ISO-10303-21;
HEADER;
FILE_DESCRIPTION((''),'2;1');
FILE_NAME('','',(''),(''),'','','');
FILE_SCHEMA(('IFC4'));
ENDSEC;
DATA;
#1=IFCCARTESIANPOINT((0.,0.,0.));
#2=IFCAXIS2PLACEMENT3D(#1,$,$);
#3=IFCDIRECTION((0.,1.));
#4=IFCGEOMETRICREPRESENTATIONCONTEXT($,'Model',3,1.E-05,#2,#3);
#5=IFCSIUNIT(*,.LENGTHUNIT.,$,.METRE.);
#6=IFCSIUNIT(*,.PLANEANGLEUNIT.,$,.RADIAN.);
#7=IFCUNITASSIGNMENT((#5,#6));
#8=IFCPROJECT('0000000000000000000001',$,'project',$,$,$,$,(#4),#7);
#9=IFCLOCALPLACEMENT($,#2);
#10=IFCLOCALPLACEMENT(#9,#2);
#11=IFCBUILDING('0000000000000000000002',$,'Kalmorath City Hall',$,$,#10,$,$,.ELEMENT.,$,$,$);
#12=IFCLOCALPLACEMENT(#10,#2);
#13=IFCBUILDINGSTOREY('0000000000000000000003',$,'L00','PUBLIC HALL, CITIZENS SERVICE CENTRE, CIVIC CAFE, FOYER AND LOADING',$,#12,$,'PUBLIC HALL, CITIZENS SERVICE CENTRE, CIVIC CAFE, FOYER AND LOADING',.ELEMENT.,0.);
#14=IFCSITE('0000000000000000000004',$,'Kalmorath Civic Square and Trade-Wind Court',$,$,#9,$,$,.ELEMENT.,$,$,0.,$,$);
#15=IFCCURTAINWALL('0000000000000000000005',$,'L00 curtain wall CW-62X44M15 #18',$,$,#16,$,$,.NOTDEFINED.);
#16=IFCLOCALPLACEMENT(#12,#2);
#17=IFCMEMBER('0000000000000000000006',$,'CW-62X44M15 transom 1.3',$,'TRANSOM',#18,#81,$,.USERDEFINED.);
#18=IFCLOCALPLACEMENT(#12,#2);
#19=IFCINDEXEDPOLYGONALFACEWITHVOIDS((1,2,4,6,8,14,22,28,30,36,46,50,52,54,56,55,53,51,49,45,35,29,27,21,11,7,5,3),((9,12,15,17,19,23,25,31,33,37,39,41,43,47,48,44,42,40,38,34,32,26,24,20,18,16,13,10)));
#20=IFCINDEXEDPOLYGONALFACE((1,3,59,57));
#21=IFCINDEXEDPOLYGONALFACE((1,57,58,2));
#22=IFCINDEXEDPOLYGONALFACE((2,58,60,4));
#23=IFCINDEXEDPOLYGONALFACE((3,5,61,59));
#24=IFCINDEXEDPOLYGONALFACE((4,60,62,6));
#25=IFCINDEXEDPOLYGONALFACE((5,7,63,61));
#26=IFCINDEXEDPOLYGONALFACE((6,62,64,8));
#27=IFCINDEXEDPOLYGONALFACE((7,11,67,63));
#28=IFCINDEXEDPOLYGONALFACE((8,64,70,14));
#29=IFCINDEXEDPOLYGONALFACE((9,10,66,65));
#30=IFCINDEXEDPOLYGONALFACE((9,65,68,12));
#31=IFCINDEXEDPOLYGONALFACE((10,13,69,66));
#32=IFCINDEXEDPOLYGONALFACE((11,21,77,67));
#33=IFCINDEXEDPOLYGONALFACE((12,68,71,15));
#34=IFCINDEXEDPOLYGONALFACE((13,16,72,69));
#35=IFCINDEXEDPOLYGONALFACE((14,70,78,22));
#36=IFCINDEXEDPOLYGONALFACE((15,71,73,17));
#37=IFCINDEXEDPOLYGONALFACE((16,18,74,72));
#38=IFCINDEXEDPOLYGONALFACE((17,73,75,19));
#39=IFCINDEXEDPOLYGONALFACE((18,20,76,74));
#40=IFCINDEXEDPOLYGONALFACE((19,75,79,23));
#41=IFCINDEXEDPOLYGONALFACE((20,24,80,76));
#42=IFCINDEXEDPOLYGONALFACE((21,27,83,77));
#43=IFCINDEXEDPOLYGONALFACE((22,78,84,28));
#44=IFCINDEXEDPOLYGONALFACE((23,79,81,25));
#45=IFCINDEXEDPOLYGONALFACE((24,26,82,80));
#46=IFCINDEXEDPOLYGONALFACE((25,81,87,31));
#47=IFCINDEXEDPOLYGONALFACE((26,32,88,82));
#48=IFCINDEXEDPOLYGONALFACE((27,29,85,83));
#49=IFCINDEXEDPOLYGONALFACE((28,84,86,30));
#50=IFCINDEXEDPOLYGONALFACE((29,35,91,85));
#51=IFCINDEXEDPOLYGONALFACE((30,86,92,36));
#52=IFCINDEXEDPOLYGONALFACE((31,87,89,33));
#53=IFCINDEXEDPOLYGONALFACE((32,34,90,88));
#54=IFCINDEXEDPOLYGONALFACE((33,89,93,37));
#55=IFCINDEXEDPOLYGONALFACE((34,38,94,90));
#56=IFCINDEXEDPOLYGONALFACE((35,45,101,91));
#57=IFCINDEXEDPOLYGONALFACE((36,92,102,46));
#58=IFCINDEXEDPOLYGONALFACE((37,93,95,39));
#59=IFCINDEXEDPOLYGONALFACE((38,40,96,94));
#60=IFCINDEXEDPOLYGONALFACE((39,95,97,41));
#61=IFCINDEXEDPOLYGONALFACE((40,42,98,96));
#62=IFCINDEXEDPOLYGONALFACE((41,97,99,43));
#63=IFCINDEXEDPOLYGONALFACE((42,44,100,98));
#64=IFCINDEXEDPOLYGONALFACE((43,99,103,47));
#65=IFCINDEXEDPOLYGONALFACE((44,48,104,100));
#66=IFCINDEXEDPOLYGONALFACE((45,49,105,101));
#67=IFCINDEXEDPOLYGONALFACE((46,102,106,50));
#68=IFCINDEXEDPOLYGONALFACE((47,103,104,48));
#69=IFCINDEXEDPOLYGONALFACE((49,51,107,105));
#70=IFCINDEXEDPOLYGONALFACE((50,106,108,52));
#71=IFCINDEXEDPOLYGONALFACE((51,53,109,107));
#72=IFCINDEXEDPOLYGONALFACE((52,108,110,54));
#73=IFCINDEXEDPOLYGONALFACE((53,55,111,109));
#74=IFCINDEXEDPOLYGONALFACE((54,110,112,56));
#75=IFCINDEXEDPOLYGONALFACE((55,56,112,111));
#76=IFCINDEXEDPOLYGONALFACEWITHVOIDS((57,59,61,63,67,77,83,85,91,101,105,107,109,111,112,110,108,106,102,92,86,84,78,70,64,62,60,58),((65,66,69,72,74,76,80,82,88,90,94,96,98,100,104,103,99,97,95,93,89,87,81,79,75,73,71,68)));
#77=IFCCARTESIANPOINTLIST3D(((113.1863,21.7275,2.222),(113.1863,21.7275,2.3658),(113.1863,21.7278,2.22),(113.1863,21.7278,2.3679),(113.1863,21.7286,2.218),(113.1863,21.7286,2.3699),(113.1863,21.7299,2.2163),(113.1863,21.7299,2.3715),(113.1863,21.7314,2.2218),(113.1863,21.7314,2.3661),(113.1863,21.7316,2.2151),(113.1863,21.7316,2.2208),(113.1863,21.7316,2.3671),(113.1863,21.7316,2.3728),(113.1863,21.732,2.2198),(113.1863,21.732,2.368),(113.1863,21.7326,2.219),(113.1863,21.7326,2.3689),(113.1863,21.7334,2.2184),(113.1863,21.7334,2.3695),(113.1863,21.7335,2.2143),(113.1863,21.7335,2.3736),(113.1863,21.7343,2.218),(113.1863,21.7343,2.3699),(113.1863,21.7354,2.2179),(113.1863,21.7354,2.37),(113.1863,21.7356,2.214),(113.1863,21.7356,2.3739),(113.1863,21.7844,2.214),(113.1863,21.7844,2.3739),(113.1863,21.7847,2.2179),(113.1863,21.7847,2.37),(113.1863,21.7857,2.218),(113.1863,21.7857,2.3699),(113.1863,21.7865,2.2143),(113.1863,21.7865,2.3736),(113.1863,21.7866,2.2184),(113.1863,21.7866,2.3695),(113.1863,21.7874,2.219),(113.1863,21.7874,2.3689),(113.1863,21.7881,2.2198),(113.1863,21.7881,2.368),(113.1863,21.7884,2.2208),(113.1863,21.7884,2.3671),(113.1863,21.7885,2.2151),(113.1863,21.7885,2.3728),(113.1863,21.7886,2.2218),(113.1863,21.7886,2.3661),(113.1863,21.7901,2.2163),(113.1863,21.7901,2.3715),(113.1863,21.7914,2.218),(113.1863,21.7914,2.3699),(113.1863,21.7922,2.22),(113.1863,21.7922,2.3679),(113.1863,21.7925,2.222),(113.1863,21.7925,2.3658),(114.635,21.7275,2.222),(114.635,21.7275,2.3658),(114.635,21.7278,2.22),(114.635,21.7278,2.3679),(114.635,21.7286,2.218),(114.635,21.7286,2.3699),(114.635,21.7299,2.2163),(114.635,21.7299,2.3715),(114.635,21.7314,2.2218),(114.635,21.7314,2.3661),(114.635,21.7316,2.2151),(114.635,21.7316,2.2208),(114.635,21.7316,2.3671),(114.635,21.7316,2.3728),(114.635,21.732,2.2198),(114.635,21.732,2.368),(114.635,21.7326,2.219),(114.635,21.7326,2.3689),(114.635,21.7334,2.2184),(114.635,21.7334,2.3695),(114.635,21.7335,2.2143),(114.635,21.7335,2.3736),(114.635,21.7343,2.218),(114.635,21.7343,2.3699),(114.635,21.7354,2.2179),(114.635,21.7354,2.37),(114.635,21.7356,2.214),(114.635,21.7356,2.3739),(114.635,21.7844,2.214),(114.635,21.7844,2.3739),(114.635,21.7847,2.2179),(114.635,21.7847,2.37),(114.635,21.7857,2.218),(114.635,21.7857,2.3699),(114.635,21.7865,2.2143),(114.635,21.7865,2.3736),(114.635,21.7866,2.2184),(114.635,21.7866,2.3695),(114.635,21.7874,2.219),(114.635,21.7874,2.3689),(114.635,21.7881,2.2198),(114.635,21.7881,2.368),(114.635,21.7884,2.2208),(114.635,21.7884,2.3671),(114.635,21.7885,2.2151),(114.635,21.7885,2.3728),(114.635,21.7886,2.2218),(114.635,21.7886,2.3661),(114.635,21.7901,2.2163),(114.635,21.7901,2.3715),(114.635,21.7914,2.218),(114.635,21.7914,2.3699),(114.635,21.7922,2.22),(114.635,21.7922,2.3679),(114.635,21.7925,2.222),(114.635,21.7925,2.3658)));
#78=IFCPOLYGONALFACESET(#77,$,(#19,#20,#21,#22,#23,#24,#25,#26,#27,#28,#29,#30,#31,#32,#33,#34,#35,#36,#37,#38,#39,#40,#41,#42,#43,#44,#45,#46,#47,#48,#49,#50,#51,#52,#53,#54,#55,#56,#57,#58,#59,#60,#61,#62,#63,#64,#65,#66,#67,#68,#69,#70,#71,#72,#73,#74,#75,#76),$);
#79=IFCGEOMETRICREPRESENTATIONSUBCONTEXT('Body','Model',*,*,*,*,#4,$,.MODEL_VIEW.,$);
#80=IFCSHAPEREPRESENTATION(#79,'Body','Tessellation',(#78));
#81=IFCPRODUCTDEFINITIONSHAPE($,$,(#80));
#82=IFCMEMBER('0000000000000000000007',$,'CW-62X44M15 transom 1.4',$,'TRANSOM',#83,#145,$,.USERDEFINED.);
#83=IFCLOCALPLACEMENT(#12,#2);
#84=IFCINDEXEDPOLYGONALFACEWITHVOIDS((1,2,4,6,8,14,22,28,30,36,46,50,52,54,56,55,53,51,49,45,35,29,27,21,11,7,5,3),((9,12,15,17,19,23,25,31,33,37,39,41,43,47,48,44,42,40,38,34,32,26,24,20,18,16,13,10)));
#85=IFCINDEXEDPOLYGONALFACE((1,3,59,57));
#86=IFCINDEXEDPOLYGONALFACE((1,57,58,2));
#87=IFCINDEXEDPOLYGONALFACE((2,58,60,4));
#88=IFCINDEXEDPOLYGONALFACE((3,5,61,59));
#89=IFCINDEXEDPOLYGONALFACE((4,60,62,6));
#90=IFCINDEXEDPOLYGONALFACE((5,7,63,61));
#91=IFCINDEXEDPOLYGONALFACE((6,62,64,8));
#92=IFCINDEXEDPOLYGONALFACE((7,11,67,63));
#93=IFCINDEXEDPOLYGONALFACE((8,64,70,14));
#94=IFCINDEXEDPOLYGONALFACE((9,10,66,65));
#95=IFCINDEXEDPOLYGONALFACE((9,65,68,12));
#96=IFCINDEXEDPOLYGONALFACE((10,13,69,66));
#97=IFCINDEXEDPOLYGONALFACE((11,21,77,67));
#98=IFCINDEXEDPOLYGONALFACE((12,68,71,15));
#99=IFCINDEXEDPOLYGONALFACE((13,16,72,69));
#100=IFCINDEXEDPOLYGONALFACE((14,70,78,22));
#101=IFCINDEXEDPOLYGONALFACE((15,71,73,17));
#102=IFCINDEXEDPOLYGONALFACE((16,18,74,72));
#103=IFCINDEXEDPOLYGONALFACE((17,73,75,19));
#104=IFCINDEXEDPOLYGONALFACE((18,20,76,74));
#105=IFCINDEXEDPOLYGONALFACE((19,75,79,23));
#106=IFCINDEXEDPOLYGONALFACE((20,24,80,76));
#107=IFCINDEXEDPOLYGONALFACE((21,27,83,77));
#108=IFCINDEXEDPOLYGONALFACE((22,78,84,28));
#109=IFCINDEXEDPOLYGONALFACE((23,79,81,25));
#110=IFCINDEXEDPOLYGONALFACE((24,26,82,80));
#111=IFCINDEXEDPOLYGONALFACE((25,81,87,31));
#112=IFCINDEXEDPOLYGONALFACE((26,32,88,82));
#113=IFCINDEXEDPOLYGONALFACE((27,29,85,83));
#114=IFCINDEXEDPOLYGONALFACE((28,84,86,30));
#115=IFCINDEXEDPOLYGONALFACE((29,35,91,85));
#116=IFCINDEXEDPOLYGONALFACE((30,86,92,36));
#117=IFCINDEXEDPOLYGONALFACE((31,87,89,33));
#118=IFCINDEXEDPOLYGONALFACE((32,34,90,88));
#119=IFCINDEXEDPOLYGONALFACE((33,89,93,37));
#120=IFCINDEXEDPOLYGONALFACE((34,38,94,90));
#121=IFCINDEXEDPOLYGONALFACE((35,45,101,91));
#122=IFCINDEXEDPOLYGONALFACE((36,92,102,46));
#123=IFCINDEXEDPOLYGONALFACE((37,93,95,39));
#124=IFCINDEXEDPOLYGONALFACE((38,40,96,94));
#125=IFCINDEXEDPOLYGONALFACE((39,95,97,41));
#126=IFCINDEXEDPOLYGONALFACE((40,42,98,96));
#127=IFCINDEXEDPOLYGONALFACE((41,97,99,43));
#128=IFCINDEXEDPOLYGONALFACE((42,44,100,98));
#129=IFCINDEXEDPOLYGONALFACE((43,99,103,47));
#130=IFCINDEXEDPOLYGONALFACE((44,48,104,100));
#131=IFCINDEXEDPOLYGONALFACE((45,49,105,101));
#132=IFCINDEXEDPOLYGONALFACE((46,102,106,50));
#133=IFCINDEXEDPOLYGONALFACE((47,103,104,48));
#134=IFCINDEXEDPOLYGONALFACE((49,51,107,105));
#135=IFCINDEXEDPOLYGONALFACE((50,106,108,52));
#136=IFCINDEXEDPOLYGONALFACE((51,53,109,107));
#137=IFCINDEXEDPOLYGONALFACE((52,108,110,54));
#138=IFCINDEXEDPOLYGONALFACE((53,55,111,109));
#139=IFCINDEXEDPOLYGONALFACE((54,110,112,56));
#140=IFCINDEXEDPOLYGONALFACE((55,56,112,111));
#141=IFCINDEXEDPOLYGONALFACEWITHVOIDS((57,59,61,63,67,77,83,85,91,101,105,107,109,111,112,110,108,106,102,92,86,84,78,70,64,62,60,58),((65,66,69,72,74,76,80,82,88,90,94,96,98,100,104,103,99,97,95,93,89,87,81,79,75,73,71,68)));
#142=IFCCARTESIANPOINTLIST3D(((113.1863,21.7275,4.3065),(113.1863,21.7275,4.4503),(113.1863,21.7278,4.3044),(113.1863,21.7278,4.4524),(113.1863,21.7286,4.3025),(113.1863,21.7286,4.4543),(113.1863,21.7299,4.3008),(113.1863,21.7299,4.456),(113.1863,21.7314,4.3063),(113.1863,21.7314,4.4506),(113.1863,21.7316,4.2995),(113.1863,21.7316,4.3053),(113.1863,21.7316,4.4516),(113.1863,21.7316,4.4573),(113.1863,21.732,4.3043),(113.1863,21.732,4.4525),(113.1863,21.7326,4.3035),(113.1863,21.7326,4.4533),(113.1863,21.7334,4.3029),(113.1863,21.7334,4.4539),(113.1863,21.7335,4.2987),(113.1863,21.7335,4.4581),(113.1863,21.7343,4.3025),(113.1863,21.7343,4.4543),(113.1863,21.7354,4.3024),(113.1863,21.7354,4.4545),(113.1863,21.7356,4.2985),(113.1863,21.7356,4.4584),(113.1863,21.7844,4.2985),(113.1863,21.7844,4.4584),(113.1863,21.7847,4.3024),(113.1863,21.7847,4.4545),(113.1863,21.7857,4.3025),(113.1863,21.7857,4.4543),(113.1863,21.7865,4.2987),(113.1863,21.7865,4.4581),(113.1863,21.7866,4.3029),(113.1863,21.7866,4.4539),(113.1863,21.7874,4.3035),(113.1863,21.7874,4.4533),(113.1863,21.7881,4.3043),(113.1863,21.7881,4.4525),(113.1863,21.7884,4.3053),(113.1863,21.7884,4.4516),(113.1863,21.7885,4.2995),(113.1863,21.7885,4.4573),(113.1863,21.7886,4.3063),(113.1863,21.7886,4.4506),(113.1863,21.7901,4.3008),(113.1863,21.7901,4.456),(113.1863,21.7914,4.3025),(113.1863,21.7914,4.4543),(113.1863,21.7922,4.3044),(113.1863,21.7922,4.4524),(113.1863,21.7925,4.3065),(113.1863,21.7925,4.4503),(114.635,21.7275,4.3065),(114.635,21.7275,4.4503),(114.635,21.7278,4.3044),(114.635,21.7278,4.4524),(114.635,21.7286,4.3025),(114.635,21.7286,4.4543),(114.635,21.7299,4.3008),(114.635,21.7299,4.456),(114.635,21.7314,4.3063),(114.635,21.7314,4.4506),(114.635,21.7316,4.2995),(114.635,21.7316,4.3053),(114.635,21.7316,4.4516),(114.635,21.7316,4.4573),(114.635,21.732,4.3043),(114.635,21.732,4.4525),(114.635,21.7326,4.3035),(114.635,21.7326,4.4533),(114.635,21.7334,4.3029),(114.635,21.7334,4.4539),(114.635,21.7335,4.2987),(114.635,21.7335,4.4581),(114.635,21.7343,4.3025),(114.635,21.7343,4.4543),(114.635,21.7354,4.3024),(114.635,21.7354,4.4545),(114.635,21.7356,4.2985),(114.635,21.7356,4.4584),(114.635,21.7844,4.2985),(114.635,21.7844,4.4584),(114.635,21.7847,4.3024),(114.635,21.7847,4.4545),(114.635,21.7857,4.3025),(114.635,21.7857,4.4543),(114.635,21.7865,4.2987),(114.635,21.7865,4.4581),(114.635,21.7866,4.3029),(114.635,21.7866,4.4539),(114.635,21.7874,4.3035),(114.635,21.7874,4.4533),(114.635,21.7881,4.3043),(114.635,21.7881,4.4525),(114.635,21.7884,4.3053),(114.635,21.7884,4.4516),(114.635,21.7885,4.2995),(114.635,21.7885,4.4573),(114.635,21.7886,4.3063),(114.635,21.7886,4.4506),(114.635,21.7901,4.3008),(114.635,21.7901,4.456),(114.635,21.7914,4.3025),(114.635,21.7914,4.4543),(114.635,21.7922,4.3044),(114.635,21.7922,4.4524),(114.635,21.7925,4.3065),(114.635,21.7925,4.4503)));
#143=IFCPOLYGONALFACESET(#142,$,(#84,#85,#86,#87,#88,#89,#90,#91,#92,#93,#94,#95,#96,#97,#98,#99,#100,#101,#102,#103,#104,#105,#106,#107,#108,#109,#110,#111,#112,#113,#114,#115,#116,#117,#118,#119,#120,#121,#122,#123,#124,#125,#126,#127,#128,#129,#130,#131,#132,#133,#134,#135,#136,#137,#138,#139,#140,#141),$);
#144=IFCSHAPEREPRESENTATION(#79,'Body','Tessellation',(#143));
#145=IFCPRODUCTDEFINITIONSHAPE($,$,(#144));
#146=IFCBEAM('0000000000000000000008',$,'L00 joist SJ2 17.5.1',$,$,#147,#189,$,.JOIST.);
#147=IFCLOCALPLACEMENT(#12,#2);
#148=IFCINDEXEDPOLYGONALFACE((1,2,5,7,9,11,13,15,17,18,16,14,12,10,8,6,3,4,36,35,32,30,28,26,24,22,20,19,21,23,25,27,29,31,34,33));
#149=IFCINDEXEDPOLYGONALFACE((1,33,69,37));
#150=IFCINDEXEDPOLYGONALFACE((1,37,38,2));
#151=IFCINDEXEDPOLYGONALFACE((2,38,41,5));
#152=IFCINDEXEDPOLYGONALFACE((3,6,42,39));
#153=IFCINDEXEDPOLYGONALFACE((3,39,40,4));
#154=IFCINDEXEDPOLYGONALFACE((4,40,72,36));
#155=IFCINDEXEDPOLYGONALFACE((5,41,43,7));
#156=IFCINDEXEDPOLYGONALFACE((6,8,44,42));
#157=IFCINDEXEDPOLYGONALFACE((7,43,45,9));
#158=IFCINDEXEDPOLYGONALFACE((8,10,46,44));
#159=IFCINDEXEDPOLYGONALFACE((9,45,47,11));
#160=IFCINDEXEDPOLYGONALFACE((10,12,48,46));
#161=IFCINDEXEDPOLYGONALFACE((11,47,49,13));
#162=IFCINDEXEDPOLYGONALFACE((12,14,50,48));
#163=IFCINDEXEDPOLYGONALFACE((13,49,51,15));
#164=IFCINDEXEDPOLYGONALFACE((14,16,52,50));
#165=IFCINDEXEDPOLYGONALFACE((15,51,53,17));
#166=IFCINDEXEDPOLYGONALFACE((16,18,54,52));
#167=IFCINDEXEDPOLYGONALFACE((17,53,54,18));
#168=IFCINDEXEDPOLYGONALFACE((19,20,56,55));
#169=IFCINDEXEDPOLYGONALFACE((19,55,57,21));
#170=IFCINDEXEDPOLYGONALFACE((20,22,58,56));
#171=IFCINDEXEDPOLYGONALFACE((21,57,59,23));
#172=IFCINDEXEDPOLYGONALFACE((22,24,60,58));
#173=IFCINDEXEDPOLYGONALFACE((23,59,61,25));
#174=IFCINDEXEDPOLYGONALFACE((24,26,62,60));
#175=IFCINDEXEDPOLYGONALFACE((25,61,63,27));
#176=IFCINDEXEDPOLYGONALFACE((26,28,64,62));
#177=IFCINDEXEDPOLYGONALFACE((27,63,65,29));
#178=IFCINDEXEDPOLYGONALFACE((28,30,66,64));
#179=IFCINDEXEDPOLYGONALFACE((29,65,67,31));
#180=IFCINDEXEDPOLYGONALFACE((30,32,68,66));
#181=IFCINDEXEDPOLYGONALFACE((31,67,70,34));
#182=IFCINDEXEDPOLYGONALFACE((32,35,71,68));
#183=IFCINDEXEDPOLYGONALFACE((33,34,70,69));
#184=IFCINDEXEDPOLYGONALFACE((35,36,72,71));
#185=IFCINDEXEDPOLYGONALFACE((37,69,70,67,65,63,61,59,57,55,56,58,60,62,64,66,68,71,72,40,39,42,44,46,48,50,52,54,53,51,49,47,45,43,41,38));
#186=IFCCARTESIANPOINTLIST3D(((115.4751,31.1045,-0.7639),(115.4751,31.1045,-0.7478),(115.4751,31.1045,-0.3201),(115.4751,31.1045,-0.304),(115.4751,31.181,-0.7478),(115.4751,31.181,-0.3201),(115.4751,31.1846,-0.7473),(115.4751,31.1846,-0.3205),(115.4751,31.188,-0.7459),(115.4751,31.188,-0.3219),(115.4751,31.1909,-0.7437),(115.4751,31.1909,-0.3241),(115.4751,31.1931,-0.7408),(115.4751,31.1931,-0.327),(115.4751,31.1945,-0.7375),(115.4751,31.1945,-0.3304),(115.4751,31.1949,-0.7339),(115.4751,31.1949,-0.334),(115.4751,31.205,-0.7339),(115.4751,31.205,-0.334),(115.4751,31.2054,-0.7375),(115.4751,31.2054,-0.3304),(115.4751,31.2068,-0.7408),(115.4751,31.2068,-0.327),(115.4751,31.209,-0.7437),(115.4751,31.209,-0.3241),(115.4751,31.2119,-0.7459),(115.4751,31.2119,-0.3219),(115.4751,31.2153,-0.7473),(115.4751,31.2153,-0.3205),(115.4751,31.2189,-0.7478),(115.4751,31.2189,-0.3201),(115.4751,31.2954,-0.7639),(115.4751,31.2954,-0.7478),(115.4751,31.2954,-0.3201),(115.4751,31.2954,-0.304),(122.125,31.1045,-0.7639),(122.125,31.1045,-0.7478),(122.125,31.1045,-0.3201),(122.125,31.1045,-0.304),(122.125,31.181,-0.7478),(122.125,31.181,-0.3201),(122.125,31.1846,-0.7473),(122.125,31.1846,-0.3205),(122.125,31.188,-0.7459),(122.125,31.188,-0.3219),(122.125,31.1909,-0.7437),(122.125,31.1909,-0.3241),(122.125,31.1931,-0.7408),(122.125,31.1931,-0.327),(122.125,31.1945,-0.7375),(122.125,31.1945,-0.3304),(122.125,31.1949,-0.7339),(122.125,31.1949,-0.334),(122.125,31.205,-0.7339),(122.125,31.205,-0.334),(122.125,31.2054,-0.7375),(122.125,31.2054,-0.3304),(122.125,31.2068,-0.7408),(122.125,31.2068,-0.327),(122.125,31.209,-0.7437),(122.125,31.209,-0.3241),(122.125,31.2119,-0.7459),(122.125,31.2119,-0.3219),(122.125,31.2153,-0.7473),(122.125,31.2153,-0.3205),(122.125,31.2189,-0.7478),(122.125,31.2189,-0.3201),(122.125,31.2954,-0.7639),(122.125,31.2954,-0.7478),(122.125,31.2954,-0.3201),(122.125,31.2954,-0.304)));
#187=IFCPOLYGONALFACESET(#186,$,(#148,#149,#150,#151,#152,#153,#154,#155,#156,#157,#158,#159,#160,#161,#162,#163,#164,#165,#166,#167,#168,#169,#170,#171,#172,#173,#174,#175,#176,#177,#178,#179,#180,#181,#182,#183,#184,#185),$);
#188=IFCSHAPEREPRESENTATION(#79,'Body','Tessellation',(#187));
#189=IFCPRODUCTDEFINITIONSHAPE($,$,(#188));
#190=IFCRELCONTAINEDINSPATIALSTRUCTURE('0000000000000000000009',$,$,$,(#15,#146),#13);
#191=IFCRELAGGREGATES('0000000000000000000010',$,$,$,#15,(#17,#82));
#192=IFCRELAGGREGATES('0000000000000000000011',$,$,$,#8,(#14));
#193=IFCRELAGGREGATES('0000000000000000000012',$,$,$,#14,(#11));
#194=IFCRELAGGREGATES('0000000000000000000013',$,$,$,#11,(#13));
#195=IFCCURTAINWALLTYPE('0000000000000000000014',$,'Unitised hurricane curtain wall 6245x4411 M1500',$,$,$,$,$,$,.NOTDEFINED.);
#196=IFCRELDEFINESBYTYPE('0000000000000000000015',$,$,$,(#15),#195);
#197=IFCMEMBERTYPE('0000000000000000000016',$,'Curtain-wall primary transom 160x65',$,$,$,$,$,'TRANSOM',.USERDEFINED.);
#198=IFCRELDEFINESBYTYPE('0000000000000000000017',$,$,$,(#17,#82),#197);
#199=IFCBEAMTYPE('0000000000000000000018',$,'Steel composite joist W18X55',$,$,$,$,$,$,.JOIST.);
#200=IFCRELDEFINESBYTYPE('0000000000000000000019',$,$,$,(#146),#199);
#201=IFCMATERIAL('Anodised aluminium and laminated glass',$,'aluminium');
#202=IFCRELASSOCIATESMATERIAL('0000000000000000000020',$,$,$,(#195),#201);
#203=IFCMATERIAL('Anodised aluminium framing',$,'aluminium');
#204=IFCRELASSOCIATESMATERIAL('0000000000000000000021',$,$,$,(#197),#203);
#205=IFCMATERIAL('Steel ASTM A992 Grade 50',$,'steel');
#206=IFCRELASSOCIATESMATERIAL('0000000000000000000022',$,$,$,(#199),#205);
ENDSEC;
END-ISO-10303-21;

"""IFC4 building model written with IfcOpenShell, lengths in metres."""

from ifc_helpers import new_model, si_unit, direction, frame, origin, origin_2d, place, context, subcontext, project, spatial, hollow_rectangle, i_section, extrude, material, material_profile, profile_set, type_object, element, aggregate, save


model = new_model("IFC4")

# Units and contexts
model_context = context("Model", 3, precision=1e-05, world=origin(), true_north=direction((0.0, 1.0)))
body_context = subcontext(model_context, "Body", "Model", "MODEL_VIEW")
ifc_project = project(units=[si_unit("LENGTHUNIT", "METRE"), si_unit("PLANEANGLEUNIT", "RADIAN")], contexts=[model_context])

# Site, building, storey
site_placement = place(None, origin())
site = spatial("IfcSite", under=ifc_project, at=site_placement, Name="Kalmorath Civic Square and Trade-Wind Court", CompositionType="ELEMENT", RefElevation=0.0)
building_placement = place(site_placement, origin())
building = spatial("IfcBuilding", under=site, at=building_placement, Name="Kalmorath City Hall", CompositionType="ELEMENT")
storey_placement = place(building_placement, origin())
storey = spatial("IfcBuildingStorey", under=building, at=storey_placement, Name="L00", Description="PUBLIC HALL, CITIZENS SERVICE CENTRE, CIVIC CAFE, FOYER AND LOADING", LongName="PUBLIC HALL, CITIZENS SERVICE CENTRE, CIVIC CAFE, FOYER AND LOADING", CompositionType="ELEMENT", Elevation=0.0)

# Curtain wall, members
ifc_material_1 = material(Name="Anodised aluminium and laminated glass", Category="aluminium")
curtain_wall_type = type_object("IfcCurtainWallType", Name="Unitised hurricane curtain wall 6245x4411 M1500", PredefinedType="NOTDEFINED", material=ifc_material_1)
curtain_wall_placement = place(storey_placement, origin())
curtain_wall = element("IfcCurtainWall", 1, at=curtain_wall_placement, inside=storey, type_object=curtain_wall_type, Name="L00 curtain wall CW-62X44M15 #18", PredefinedType="NOTDEFINED")
ifc_material_2 = material(Name="Anodised aluminium framing", Category="aluminium")
ifc_material_profile_1 = material_profile(ifc_material_2, hollow_rectangle(XDim=0.0649, YDim=0.1599, WallThickness=0.0039, InnerFilletRadius=0.0039, OuterFilletRadius=0.0081, at=origin_2d()), Name="ALU-TRN-160X65X4")
ifc_profile_set_1 = profile_set([ifc_material_profile_1], Name="Anodised aluminium framing")
member_type_1 = type_object("IfcMemberType", Name="Curtain-wall primary transom 160x65", ElementType="TRANSOM", PredefinedType="USERDEFINED", material=ifc_profile_set_1)
member_1_placement = place(storey_placement, frame((114.635, 21.76, 2.2939), z_axis=(-1.0, 0.0, 0.0), x_axis=(0.0, -1.0, 0.0)))
member_1 = element("IfcMember", 2, at=member_1_placement, type_object=member_type_1, Name="CW-62X44M15 transom 1.3", ObjectType="TRANSOM", PredefinedType="USERDEFINED", context=body_context, shape_type="SweptSolid", body=[
    extrude(hollow_rectangle(XDim=0.0649, YDim=0.1599, WallThickness=0.0039, InnerFilletRadius=0.0039, OuterFilletRadius=0.0081, at=origin_2d()), origin(), (0.0, 0.0, 1.0), 1.4487),
])
member_2_placement = place(storey_placement, frame((114.635, 21.76, 4.3784), z_axis=(-1.0, 0.0, 0.0), x_axis=(0.0, -1.0, 0.0)))
member_2 = element("IfcMember", 3, at=member_2_placement, type_object=member_type_1, Name="CW-62X44M15 transom 1.4", ObjectType="TRANSOM", PredefinedType="USERDEFINED", context=body_context, shape_type="SweptSolid", body=[
    extrude(hollow_rectangle(XDim=0.0649, YDim=0.1599, WallThickness=0.0039, InnerFilletRadius=0.0039, OuterFilletRadius=0.0081, at=origin_2d()), origin(), (0.0, 0.0, 1.0), 1.4487),
])

# Beam
ifc_material_3 = material(Name="Steel ASTM A992 Grade 50", Category="steel")
ifc_material_profile_2 = material_profile(ifc_material_3, i_section(OverallWidth=0.1909, OverallDepth=0.46, WebThickness=0.01, FlangeThickness=0.0161, FilletRadius=0.0139, at=origin_2d()), Name="W18X55")
ifc_profile_set_2 = profile_set([ifc_material_profile_2], Name="Steel ASTM A992 Grade 50")
beam_type_1 = type_object("IfcBeamType", Name="Steel composite joist W18X55", PredefinedType="JOIST", material=ifc_profile_set_2)
for number, where, z_axis, x_axis, name in (
    (4, (115.4751, 31.2, -0.5339), (1.0, 0.0, 0.0), (0.0, 1.0, 0.0), "L00 joist SJ2 17.5.1"),
):
    element("IfcBeam", number, at=place(storey_placement, frame(where, z_axis=z_axis, x_axis=x_axis)), inside=storey, type_object=beam_type_1, Name=name, PredefinedType="JOIST", context=body_context, shape_type="SweptSolid", body=[
        extrude(i_section(OverallWidth=0.1909, OverallDepth=0.46, WebThickness=0.01, FlangeThickness=0.0161, FilletRadius=0.0139, at=origin_2d()), origin(), (0.0, 0.0, 1.0), 6.6499),
    ])

aggregate(curtain_wall, [member_1, member_2])

save(model, "model.ifc")
